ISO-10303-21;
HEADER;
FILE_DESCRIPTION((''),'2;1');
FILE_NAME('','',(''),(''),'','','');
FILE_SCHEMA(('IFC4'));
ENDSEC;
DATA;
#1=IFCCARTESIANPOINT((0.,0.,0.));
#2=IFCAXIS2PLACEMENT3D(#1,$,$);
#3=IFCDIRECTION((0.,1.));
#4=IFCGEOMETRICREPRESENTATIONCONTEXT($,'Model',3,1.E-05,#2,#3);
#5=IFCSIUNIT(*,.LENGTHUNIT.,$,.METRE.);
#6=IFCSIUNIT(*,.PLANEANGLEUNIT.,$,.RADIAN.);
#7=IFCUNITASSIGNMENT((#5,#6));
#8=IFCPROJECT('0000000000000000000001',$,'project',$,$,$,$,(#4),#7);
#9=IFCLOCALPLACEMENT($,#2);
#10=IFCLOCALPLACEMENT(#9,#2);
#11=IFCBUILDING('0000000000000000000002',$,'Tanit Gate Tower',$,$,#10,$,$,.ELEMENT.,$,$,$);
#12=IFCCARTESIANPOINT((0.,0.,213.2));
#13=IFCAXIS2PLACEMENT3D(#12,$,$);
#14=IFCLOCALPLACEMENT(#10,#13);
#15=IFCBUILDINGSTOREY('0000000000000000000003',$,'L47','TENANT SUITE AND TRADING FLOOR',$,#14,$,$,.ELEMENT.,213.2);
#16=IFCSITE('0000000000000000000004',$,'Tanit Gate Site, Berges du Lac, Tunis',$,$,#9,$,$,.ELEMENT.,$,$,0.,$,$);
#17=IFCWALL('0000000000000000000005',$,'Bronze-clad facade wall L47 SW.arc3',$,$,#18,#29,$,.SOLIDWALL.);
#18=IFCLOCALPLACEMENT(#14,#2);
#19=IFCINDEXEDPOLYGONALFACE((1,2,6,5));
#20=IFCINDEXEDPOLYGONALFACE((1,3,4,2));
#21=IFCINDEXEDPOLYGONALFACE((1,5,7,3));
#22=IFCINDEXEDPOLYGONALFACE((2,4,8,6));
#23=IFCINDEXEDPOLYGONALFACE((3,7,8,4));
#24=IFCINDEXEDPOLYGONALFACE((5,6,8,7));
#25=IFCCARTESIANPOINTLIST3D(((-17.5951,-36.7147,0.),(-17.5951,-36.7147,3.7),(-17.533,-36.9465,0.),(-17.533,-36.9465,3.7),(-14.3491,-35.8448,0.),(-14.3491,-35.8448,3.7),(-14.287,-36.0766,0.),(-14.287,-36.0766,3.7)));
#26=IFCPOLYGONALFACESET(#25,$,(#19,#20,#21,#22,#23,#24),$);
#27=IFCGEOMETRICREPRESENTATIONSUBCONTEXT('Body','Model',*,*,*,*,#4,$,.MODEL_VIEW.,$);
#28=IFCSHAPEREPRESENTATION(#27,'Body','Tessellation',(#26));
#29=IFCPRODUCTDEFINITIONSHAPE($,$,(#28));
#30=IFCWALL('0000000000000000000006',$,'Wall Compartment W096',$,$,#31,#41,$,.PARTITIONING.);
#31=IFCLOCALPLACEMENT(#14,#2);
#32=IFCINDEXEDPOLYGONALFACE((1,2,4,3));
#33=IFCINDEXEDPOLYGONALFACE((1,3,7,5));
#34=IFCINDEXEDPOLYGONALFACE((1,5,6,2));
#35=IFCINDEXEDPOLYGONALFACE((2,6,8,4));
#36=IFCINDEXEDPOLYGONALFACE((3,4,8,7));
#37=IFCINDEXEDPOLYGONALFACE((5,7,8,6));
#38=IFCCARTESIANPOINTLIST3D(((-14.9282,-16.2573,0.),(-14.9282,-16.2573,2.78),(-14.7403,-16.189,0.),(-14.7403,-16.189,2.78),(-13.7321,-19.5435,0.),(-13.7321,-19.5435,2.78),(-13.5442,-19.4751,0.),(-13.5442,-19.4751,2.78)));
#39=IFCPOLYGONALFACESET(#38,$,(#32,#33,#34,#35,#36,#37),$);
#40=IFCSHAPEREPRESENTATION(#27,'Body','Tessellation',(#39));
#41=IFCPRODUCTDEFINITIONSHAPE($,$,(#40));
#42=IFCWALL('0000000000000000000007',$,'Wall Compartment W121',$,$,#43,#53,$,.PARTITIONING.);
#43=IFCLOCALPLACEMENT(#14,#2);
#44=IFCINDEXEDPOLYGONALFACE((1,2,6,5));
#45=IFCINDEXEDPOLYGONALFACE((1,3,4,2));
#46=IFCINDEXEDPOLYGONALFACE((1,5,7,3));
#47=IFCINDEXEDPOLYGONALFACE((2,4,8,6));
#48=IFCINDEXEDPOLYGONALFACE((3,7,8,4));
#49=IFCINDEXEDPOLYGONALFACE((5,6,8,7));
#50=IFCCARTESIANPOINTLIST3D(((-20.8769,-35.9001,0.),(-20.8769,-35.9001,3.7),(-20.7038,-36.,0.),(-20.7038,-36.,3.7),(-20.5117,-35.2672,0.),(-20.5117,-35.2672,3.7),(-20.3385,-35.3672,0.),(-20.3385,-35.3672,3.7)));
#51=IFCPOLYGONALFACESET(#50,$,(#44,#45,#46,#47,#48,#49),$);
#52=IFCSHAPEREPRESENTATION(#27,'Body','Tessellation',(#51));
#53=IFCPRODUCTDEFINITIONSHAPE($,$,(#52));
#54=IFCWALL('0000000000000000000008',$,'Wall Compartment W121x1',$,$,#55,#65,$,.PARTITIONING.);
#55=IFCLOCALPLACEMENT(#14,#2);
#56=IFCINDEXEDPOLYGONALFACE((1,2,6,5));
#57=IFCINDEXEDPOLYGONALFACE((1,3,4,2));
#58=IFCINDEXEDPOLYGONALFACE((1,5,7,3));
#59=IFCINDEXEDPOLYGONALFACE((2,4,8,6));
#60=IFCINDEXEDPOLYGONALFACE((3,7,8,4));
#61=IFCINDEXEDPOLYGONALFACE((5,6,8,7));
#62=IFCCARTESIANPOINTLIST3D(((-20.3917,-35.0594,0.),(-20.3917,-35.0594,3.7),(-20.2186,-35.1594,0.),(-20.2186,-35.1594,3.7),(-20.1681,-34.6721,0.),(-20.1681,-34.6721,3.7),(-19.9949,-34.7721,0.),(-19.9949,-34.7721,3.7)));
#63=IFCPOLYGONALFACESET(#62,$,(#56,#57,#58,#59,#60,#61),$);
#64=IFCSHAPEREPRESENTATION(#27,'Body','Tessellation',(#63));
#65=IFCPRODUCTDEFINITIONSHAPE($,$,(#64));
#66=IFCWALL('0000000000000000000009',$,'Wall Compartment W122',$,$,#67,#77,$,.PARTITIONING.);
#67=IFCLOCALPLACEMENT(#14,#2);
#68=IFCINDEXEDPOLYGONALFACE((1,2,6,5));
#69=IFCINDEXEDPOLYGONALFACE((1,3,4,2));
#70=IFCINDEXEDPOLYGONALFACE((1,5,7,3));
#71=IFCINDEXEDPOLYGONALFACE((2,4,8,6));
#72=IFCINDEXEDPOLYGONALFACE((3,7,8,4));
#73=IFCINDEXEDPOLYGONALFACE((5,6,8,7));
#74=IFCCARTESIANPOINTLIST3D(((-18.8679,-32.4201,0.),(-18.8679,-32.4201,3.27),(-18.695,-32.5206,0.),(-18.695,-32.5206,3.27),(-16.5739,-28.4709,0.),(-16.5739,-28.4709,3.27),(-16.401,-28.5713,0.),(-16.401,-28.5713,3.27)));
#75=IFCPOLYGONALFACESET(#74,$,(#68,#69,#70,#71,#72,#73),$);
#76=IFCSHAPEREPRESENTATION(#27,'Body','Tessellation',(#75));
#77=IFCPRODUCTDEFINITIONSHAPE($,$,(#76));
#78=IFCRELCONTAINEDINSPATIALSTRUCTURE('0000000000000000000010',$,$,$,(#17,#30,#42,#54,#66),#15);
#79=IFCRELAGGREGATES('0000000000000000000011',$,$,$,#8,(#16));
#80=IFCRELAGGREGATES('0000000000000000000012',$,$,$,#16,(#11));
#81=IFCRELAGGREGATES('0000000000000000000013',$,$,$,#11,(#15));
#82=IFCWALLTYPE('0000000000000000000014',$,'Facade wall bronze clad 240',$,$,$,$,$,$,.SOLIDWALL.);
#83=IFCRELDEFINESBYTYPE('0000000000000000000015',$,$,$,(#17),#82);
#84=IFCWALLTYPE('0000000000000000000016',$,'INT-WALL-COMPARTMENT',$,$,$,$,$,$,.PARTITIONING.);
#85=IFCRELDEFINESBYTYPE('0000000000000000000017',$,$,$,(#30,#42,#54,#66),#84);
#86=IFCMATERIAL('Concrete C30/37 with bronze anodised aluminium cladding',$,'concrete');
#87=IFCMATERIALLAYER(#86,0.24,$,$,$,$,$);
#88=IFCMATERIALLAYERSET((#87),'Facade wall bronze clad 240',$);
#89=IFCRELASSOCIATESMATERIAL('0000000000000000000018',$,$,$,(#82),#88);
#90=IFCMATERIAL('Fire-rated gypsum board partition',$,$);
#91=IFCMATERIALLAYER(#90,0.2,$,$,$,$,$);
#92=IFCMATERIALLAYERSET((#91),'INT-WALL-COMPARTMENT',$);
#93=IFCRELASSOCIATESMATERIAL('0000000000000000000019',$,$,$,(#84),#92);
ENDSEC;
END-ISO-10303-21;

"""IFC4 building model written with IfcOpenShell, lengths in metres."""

from ifc_helpers import new_model, si_unit, direction, frame, frame_2d, origin, place, context, subcontext, project, spatial, rectangle, extrude, material, layer, layer_set, type_object, element, save


model = new_model("IFC4")

# Units and contexts
model_context = context("Model", 3, precision=1e-05, world=origin(), true_north=direction((0.0, 1.0)))
body_context = subcontext(model_context, "Body", "Model", "MODEL_VIEW")
ifc_project = project(units=[si_unit("LENGTHUNIT", "METRE"), si_unit("PLANEANGLEUNIT", "RADIAN")], contexts=[model_context])

# Site, building, storey
site_placement = place(None, origin())
site = spatial("IfcSite", under=ifc_project, at=site_placement, Name="Tanit Gate Site, Berges du Lac, Tunis", CompositionType="ELEMENT", RefElevation=0.0)
building_placement = place(site_placement, origin())
building = spatial("IfcBuilding", under=site, at=building_placement, Name="Tanit Gate Tower", CompositionType="ELEMENT")
storey_placement = place(building_placement, frame((0.0, 0.0, 213.2)))
storey = spatial("IfcBuildingStorey", under=building, at=storey_placement, Name="L47", Description="TENANT SUITE AND TRADING FLOOR", CompositionType="ELEMENT", Elevation=213.2)

# Walls
ifc_material_1 = material(Name="Concrete C30/37 with bronze anodised aluminium cladding", Category="concrete")
ifc_layer_1 = layer(ifc_material_1, 0.24)
ifc_layer_set_1 = layer_set([ifc_layer_1], Name="Facade wall bronze clad 240")
wall_type_1 = type_object("IfcWallType", Name="Facade wall bronze clad 240", PredefinedType="SOLIDWALL", material=ifc_layer_set_1)
wall_1_placement = place(storey_placement, frame((-17.564, -36.8306, 0.0), z_axis=(0.0, 0.0, 1.0), x_axis=(0.96592, 0.258843, 0.0)))
element("IfcWall", 1, at=wall_1_placement, inside=storey, type_object=wall_type_1, Name="Bronze-clad facade wall L47 SW.arc3", PredefinedType="SOLIDWALL", context=body_context, shape_type="SweptSolid", body=[
    extrude(rectangle(XDim=3.3606, YDim=0.24, at=frame_2d((1.6802, 0.0))), origin(), (0.0, 0.0, 1.0), 3.7),
])
ifc_material_2 = material(Name="Fire-rated gypsum board partition")
ifc_layer_2 = layer(ifc_material_2, 0.2)
ifc_layer_set_2 = layer_set([ifc_layer_2], Name="INT-WALL-COMPARTMENT")
wall_type_2 = type_object("IfcWallType", Name="INT-WALL-COMPARTMENT", PredefinedType="PARTITIONING", material=ifc_layer_set_2)
wall_2_placement = place(storey_placement, frame((-14.8342, -16.2231, 0.0), z_axis=(0.0, 0.0, 1.0), x_axis=(0.342018, -0.939694, 0.0)))
element("IfcWall", 2, at=wall_2_placement, inside=storey, type_object=wall_type_2, Name="Wall Compartment W096", PredefinedType="PARTITIONING", context=body_context, shape_type="SweptSolid", body=[
    extrude(rectangle(XDim=3.4971, YDim=0.2, at=frame_2d((1.7485, 0.0))), origin(), (0.0, 0.0, 1.0), 2.78),
])
wall_3_placement = place(storey_placement, frame((-20.7903, -35.95, 0.0), z_axis=(0.0, 0.0, 1.0), x_axis=(0.499877, 0.866097, 0.0)))
element("IfcWall", 3, at=wall_3_placement, inside=storey, type_object=wall_type_2, Name="Wall Compartment W121", PredefinedType="PARTITIONING", context=body_context, shape_type="SweptSolid", body=[
    extrude(rectangle(XDim=0.7307, YDim=0.2, at=frame_2d((0.3652, 0.0))), origin(), (0.0, 0.0, 1.0), 3.7),
])
wall_4_placement = place(storey_placement, frame((-20.3052, -35.1094, 0.0), z_axis=(0.0, 0.0, 1.0), x_axis=(0.500132, 0.865949, 0.0)))
element("IfcWall", 4, at=wall_4_placement, inside=storey, type_object=wall_type_2, Name="Wall Compartment W121x1", PredefinedType="PARTITIONING", context=body_context, shape_type="SweptSolid", body=[
    extrude(rectangle(XDim=0.4473, YDim=0.2, at=frame_2d((0.2236, 0.0))), origin(), (0.0, 0.0, 1.0), 3.7),
])
wall_5_placement = place(storey_placement, frame((-18.7815, -32.4705, 0.0), z_axis=(0.0, 0.0, 1.0), x_axis=(0.502275, 0.864708, 0.0)))
element("IfcWall", 5, at=wall_5_placement, inside=storey, type_object=wall_type_2, Name="Wall Compartment W122", PredefinedType="PARTITIONING", context=body_context, shape_type="SweptSolid", body=[
    extrude(rectangle(XDim=4.5671, YDim=0.2, at=frame_2d((2.2837, 0.0))), origin(), (0.0, 0.0, 1.0), 3.27),
])

save(model, "model.ifc")
